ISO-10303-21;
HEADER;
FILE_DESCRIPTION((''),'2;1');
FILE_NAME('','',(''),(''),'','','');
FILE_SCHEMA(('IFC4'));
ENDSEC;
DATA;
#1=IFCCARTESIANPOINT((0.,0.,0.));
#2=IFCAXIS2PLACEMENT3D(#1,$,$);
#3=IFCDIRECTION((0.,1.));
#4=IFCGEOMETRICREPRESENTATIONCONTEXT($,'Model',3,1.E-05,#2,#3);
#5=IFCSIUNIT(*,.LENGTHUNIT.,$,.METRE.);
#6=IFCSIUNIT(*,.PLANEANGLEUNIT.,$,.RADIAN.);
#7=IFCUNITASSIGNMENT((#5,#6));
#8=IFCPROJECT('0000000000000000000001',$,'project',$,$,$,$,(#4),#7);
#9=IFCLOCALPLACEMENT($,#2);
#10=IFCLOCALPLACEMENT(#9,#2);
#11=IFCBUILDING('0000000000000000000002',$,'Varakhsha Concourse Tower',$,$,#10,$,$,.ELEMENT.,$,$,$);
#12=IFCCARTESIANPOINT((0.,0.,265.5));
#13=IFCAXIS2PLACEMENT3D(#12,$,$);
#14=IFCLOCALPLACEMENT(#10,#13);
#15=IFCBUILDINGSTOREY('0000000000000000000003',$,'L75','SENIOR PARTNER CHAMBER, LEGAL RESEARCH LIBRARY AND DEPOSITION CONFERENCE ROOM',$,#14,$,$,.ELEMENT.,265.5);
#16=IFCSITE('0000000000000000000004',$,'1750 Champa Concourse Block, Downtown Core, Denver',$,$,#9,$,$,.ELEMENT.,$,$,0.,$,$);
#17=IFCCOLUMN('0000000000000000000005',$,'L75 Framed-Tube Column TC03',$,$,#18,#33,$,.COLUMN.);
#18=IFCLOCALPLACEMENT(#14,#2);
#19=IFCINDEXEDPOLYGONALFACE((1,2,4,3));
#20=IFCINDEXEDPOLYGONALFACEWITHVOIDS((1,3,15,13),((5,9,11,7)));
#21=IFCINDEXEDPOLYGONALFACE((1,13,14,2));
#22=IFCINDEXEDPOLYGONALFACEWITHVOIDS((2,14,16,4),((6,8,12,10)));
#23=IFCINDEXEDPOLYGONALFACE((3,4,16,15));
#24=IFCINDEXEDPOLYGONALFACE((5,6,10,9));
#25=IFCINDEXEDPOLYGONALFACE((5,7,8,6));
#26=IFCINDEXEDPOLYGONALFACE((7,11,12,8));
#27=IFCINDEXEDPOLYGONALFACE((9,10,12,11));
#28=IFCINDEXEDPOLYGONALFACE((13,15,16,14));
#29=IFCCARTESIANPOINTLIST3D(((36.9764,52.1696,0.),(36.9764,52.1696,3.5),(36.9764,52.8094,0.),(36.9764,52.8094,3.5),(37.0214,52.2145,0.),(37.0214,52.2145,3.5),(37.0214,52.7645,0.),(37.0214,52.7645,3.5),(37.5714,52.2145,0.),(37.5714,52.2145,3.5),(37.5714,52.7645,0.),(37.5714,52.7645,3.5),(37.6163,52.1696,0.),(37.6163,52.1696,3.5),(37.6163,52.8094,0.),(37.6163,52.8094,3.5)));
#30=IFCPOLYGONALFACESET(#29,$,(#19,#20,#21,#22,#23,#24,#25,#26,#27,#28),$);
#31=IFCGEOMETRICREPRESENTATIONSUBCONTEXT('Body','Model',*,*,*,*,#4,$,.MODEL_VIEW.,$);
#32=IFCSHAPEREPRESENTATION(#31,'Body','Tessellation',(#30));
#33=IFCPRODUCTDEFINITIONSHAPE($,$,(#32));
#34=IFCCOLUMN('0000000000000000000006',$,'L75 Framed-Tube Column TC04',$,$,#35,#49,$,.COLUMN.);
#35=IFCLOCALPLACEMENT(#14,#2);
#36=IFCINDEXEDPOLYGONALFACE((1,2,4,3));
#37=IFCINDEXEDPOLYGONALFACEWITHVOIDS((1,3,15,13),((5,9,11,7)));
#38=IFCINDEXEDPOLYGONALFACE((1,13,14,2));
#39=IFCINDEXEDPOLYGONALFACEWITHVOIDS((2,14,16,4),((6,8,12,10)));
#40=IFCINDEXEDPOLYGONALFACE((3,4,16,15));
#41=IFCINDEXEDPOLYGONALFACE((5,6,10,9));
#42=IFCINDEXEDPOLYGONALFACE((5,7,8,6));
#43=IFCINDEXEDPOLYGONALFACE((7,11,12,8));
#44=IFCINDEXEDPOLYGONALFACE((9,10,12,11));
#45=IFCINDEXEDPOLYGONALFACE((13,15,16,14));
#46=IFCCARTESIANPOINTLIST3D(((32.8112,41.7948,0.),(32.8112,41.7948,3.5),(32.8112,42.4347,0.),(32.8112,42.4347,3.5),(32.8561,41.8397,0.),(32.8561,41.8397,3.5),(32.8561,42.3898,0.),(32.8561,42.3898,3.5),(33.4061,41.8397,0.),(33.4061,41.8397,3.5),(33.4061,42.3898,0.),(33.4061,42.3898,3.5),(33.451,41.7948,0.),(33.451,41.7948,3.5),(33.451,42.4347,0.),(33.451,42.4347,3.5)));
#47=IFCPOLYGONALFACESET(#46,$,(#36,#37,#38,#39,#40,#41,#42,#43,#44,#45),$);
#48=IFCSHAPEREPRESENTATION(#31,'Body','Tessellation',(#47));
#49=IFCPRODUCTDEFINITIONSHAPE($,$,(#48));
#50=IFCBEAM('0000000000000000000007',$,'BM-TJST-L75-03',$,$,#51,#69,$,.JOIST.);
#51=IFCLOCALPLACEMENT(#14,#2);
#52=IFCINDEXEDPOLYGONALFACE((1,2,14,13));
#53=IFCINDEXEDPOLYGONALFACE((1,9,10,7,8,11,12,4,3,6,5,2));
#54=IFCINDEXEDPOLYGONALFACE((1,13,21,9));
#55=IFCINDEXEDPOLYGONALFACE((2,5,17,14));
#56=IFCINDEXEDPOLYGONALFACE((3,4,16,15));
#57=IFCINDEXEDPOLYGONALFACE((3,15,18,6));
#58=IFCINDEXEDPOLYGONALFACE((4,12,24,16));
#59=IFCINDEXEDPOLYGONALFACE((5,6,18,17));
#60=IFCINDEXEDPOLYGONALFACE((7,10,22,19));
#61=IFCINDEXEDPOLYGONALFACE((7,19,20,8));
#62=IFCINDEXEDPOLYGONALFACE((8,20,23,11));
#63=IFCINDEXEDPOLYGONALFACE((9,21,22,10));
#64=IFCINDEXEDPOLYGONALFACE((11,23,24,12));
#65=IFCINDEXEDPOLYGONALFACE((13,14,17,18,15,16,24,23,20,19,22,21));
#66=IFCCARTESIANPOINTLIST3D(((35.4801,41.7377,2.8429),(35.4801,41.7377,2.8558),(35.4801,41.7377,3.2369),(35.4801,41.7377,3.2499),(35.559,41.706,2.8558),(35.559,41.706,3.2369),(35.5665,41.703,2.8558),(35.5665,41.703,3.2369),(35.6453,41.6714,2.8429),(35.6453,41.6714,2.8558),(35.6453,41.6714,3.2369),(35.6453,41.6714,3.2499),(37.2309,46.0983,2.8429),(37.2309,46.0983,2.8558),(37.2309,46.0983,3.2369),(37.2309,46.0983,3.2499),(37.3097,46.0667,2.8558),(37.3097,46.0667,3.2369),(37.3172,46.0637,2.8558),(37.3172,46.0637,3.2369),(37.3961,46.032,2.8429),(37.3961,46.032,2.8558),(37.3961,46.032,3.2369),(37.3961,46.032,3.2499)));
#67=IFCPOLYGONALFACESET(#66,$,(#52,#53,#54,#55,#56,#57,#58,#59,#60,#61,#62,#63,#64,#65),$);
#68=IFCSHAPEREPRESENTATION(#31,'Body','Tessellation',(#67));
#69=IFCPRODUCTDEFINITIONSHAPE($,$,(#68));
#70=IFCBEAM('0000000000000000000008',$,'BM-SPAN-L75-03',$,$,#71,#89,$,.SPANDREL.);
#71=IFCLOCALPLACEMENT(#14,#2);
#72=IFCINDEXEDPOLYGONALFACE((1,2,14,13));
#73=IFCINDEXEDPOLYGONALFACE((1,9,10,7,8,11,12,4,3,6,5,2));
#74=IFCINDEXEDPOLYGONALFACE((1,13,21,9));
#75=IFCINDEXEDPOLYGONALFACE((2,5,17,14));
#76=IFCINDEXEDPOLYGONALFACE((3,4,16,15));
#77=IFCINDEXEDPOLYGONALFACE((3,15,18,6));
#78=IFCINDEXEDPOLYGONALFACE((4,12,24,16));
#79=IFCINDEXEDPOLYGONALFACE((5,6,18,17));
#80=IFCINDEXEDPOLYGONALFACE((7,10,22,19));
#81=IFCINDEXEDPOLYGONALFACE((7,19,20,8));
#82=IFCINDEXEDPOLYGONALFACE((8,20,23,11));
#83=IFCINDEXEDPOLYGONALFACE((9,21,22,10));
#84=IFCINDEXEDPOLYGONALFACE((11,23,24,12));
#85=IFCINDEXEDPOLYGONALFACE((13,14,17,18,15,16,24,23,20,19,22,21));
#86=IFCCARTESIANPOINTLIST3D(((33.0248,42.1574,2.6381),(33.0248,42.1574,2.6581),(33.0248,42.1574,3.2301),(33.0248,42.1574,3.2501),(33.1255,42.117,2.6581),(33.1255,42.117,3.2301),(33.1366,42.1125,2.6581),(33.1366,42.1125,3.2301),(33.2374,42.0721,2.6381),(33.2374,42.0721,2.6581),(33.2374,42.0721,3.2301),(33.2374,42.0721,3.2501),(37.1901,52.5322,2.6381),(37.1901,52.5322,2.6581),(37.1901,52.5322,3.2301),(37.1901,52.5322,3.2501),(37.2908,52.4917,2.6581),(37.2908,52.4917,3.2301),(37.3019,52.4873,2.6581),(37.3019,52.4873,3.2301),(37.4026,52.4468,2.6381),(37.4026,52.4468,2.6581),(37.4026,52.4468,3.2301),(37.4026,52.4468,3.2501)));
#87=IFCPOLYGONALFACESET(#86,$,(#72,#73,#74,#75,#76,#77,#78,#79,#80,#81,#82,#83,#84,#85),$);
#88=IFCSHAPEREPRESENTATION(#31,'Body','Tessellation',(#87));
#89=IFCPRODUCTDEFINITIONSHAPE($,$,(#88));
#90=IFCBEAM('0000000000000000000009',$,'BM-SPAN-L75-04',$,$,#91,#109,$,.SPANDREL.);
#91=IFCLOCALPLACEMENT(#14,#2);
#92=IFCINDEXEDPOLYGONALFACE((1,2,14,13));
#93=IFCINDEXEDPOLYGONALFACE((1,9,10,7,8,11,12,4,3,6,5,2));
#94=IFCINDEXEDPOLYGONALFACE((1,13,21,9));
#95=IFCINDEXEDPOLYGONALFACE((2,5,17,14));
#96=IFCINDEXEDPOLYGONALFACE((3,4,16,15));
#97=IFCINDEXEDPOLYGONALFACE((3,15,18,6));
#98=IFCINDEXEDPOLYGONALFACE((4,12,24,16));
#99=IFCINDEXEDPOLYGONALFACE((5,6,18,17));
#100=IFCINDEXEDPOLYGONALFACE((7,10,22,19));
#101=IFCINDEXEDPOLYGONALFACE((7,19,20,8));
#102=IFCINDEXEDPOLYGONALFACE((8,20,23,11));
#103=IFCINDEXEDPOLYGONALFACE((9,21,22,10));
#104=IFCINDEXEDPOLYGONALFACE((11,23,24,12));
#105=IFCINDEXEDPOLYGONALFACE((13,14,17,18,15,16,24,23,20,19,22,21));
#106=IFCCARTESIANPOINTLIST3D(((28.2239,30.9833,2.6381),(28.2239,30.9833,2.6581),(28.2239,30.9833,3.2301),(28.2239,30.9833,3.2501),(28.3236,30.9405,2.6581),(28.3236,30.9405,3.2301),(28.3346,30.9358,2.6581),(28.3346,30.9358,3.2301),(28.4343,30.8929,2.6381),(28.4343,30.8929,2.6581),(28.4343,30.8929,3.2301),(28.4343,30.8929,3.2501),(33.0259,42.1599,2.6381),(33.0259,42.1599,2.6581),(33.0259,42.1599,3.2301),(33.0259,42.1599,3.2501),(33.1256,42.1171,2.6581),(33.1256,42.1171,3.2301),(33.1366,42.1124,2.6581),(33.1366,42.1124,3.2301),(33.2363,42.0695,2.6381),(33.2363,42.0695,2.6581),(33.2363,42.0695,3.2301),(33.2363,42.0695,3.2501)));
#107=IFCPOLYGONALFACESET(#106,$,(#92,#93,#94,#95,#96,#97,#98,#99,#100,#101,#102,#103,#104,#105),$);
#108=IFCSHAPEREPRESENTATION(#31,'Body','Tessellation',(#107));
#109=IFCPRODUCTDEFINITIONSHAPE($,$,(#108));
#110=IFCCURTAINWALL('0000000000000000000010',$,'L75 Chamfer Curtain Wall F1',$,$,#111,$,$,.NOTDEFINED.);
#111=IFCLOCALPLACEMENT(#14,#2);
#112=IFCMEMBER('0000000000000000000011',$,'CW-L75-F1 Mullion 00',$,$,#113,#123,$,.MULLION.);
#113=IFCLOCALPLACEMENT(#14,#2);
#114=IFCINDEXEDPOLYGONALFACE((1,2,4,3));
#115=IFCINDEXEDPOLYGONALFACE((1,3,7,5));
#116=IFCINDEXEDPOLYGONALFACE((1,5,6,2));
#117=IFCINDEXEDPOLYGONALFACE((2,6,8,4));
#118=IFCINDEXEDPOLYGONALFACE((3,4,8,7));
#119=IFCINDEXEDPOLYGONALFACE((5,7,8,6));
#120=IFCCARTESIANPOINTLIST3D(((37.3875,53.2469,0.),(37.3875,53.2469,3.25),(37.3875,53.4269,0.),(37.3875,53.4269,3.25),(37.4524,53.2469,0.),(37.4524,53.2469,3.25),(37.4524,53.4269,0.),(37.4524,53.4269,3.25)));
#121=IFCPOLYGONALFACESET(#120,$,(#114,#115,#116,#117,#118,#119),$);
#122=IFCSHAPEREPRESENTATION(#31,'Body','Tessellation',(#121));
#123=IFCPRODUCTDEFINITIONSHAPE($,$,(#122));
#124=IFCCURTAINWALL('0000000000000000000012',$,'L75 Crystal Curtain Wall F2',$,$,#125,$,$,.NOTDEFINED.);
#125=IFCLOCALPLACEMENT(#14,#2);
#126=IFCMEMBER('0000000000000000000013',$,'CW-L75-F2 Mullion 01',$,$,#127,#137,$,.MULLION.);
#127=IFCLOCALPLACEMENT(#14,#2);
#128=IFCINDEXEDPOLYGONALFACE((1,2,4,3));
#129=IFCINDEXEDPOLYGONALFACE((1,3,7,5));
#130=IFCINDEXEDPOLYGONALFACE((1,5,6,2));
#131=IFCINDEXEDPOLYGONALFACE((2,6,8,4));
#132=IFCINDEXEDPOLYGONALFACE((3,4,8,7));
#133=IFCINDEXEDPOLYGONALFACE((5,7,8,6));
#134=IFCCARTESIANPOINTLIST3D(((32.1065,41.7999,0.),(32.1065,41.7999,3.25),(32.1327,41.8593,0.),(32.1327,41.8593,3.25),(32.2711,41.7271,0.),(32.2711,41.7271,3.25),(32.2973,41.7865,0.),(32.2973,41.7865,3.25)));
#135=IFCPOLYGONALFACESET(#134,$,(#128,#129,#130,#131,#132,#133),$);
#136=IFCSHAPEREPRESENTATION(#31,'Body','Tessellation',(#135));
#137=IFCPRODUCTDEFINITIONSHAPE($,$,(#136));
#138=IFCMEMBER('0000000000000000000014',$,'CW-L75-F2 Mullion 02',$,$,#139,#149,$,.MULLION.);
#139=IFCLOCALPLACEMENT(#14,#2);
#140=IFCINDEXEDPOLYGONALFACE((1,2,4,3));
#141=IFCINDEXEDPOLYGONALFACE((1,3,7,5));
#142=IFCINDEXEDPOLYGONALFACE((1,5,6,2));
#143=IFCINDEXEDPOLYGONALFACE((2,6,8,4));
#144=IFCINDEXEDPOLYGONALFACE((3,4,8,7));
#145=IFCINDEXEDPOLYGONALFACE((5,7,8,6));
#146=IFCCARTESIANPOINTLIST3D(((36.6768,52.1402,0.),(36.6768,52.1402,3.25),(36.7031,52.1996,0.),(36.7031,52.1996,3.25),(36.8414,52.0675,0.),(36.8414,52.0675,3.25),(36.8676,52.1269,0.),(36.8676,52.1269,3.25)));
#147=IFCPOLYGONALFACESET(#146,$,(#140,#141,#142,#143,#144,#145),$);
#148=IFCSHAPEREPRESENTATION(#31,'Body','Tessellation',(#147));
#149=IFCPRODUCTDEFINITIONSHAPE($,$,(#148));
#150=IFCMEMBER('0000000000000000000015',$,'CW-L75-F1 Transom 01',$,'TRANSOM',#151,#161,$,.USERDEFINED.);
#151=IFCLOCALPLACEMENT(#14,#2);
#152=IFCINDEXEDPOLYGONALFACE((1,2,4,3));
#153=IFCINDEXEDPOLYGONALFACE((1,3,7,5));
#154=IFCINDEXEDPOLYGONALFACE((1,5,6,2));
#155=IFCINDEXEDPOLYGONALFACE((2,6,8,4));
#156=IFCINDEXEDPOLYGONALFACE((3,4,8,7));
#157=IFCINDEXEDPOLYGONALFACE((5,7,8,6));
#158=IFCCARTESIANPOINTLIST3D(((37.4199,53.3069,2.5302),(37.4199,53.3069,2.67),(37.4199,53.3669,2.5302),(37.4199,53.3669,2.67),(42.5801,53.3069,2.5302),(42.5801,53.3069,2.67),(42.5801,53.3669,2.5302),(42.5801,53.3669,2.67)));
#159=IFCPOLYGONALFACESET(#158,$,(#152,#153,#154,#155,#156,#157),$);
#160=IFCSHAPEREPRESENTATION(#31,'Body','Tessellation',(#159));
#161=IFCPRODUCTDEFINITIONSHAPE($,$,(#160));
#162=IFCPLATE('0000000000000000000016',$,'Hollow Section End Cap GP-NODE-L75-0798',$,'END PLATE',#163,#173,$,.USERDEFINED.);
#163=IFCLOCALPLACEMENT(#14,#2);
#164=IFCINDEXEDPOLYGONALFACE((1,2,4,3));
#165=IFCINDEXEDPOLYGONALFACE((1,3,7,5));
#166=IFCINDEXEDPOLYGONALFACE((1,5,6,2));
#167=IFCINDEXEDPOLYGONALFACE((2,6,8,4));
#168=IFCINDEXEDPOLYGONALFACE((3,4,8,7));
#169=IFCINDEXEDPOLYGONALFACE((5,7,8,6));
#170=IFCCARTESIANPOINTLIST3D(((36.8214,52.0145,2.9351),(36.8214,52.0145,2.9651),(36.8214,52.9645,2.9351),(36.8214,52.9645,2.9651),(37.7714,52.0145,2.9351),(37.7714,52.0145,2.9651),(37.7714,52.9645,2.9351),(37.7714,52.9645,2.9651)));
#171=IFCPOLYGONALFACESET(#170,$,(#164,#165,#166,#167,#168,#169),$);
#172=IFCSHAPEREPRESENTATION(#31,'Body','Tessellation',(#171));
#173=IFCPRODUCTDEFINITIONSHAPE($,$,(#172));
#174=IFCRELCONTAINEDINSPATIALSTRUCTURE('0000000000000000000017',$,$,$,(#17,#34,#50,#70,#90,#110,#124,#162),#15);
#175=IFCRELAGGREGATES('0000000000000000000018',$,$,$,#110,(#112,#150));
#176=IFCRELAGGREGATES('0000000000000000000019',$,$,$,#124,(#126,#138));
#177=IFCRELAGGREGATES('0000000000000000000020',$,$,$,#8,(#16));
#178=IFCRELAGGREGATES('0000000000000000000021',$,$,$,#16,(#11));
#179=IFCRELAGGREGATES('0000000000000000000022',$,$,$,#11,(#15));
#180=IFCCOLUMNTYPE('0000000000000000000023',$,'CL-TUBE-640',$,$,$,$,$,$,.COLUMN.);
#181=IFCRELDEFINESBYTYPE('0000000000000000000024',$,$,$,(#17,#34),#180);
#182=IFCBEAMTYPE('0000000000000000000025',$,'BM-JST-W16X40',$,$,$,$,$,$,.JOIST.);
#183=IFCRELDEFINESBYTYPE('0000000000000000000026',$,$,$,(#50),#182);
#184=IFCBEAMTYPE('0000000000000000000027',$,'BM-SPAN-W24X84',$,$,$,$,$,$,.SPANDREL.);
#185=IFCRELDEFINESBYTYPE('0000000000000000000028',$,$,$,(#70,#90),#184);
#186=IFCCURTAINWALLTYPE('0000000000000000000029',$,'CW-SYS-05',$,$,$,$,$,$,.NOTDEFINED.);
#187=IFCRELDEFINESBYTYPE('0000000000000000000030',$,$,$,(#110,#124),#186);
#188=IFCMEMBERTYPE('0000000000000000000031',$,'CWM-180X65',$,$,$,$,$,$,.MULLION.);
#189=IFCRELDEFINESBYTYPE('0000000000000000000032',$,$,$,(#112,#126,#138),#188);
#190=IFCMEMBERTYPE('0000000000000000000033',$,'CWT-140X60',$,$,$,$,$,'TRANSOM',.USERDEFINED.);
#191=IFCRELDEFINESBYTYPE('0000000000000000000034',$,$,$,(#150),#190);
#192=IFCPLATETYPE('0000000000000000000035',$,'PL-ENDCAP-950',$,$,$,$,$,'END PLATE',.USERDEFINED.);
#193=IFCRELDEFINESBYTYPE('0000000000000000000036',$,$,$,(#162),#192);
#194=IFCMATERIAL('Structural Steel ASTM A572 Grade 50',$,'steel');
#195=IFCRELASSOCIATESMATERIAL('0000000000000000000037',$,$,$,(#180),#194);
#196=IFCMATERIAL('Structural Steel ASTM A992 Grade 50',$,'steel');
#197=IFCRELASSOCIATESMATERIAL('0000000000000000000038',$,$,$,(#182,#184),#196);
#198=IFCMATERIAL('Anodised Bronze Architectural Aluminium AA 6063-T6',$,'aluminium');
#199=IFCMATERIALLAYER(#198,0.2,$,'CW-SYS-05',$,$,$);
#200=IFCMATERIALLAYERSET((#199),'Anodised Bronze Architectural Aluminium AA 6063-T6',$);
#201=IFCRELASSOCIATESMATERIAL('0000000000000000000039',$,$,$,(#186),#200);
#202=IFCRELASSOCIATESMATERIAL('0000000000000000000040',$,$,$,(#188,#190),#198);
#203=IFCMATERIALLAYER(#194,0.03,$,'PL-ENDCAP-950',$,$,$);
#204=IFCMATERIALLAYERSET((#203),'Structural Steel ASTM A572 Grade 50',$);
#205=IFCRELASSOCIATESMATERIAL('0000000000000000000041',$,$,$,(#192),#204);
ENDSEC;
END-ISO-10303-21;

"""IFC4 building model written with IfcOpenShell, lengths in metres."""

from ifc_helpers import new_model, si_unit, direction, frame, origin, origin_2d, place, context, subcontext, project, spatial, rectangle, hollow_rectangle, i_section, extrude, source, transform, mapped, material, layer, layer_set, material_profile, profile_set, type_object, type_shapes, element, aggregate, save


model = new_model("IFC4")

# Units and contexts
model_context = context("Model", 3, precision=1e-05, world=origin(), true_north=direction((0.0, 1.0)))
body_context = subcontext(model_context, "Body", "Model", "MODEL_VIEW")
ifc_project = project(units=[si_unit("LENGTHUNIT", "METRE"), si_unit("PLANEANGLEUNIT", "RADIAN")], contexts=[model_context])

# Site, building, storey
site_placement = place(None, origin())
site = spatial("IfcSite", under=ifc_project, at=site_placement, Name="1750 Champa Concourse Block, Downtown Core, Denver", CompositionType="ELEMENT", RefElevation=0.0)
building_placement = place(site_placement, origin())
building = spatial("IfcBuilding", under=site, at=building_placement, Name="Varakhsha Concourse Tower", CompositionType="ELEMENT")
storey_placement = place(building_placement, frame((0.0, 0.0, 265.5)))
storey = spatial("IfcBuildingStorey", under=building, at=storey_placement, Name="L75", Description="SENIOR PARTNER CHAMBER, LEGAL RESEARCH LIBRARY AND DEPOSITION CONFERENCE ROOM", CompositionType="ELEMENT", Elevation=265.5)

# Columns
ifc_material_1 = material(Name="Structural Steel ASTM A572 Grade 50", Category="steel")
ifc_material_profile_1 = material_profile(ifc_material_1, hollow_rectangle(XDim=0.6399, YDim=0.6399, WallThickness=0.0449, at=origin_2d()), Name="BOX 640x640x45")
ifc_profile_set_1 = profile_set([ifc_material_profile_1], Name="Structural Steel ASTM A572 Grade 50")
column_type = type_object("IfcColumnType", Name="CL-TUBE-640", PredefinedType="COLUMN", material=ifc_profile_set_1)
for number, where, z_axis, x_axis, name in (
    (1, (37.2964, 52.4895, 0.0), (0.0, 0.0, 1.0), (1.0, 0.0, 0.0), "L75 Framed-Tube Column TC03"),
    (2, (33.1311, 42.1147, 0.0), (0.0, 0.0, 1.0), (1.0, 0.0, 0.0), "L75 Framed-Tube Column TC04"),
):
    element("IfcColumn", number, at=place(storey_placement, frame(where, z_axis=z_axis, x_axis=x_axis)), inside=storey, type_object=column_type, Name=name, PredefinedType="COLUMN", context=body_context, shape_type="SweptSolid", body=[
        extrude(hollow_rectangle(XDim=0.6399, YDim=0.6399, WallThickness=0.0449, at=origin_2d()), origin(), (0.0, 0.0, 1.0), 3.5),
    ])

# Beams
ifc_material_2 = material(Name="Structural Steel ASTM A992 Grade 50", Category="steel")
ifc_material_profile_2 = material_profile(ifc_material_2, i_section(OverallWidth=0.178, OverallDepth=0.407, WebThickness=0.0081, FlangeThickness=0.0129, at=origin_2d()), Name="W16X40")
ifc_profile_set_2 = profile_set([ifc_material_profile_2], Name="Structural Steel ASTM A992 Grade 50")
beam_type_1 = type_object("IfcBeamType", Name="BM-JST-W16X40", PredefinedType="JOIST", material=ifc_profile_set_2)
beam_1_placement = place(storey_placement, frame((37.3135, 46.0652, 3.0464), z_axis=(-0.372582, -0.927999, 0.0), x_axis=(0.927999, -0.372582, 0.0)))
element("IfcBeam", 3, at=beam_1_placement, inside=storey, type_object=beam_type_1, Name="BM-TJST-L75-03", PredefinedType="JOIST", context=body_context, shape_type="SweptSolid", body=[
    extrude(i_section(OverallWidth=0.178, OverallDepth=0.407, WebThickness=0.0081, FlangeThickness=0.0129, at=origin_2d()), origin(), (0.0, 0.0, 1.0), 4.699),
])
ifc_material_profile_3 = material_profile(ifc_material_2, i_section(OverallWidth=0.229, OverallDepth=0.6121, WebThickness=0.012, FlangeThickness=0.02, at=origin_2d()), Name="W24X84")
ifc_profile_set_3 = profile_set([ifc_material_profile_3], Name="Structural Steel ASTM A992 Grade 50")
beam_type_2 = type_object("IfcBeamType", Name="BM-SPAN-W24X84", PredefinedType="SPANDREL", material=ifc_profile_set_3)
beam_2_placement = place(storey_placement, frame((37.2964, 52.4895, 2.9441), z_axis=(-0.372576, -0.928002, 0.0), x_axis=(0.928002, -0.372576, 0.0)))
element("IfcBeam", 4, at=beam_2_placement, inside=storey, type_object=beam_type_2, Name="BM-SPAN-L75-03", PredefinedType="SPANDREL", context=body_context, shape_type="SweptSolid", body=[
    extrude(i_section(OverallWidth=0.229, OverallDepth=0.6121, WebThickness=0.012, FlangeThickness=0.02, at=origin_2d()), origin(), (0.0, 0.0, 1.0), 11.1797),
])
beam_3_placement = place(storey_placement, frame((33.1311, 42.1147, 2.9441), z_axis=(-0.394757, -0.918785, 0.0), x_axis=(0.918785, -0.394757, 0.0)))
element("IfcBeam", 5, at=beam_3_placement, inside=storey, type_object=beam_type_2, Name="BM-SPAN-L75-04", PredefinedType="SPANDREL", context=body_context, shape_type="SweptSolid", body=[
    extrude(i_section(OverallWidth=0.229, OverallDepth=0.6121, WebThickness=0.012, FlangeThickness=0.02, at=origin_2d()), origin(), (0.0, 0.0, 1.0), 12.1646),
])

# Curtain wall, member
ifc_material_3 = material(Name="Anodised Bronze Architectural Aluminium AA 6063-T6", Category="aluminium")
ifc_layer_1 = layer(ifc_material_3, 0.2, Name="CW-SYS-05")
ifc_layer_set_1 = layer_set([ifc_layer_1], Name="Anodised Bronze Architectural Aluminium AA 6063-T6")
curtain_wall_type = type_object("IfcCurtainWallType", Name="CW-SYS-05", PredefinedType="NOTDEFINED", material=ifc_layer_set_1)
curtain_wall_1_placement = place(storey_placement, origin())
curtain_wall_1 = element("IfcCurtainWall", 6, at=curtain_wall_1_placement, inside=storey, type_object=curtain_wall_type, Name="L75 Chamfer Curtain Wall F1", PredefinedType="NOTDEFINED")
ifc_material_profile_4 = material_profile(ifc_material_3, rectangle(XDim=0.0649, YDim=0.1799, at=origin_2d()), Name="CWM-180X65")
ifc_profile_set_4 = profile_set([ifc_material_profile_4], Name="Anodised Bronze Architectural Aluminium AA 6063-T6")
member_type_1 = type_object("IfcMemberType", Name="CWM-180X65", PredefinedType="MULLION", material=ifc_profile_set_4)
shared_shape_1 = source(origin(), body_context, "Body", "SweptSolid", [
    extrude(rectangle(XDim=0.0649, YDim=0.1799, at=origin_2d()), origin(), (0.0, 0.0, 1.0), 3.25),
])
type_shapes(member_type_1, [shared_shape_1])
member_1_placement = place(storey_placement, frame((37.4199, 53.3369, 0.0), z_axis=(0.0, 0.0, 1.0), x_axis=(1.0, 0.0, 0.0)))
member_1 = element("IfcMember", 7, at=member_1_placement, type_object=member_type_1, Name="CW-L75-F1 Mullion 00", PredefinedType="MULLION", context=body_context, shape_type="MappedRepresentation", body=[
    mapped(shared_shape_1, transform((0.0, 0.0, 0.0), scale=1.0)),
])

# Curtain wall, members
curtain_wall_2_placement = place(storey_placement, origin())
curtain_wall_2 = element("IfcCurtainWall", 8, at=curtain_wall_2_placement, inside=storey, type_object=curtain_wall_type, Name="L75 Crystal Curtain Wall F2", PredefinedType="NOTDEFINED")
member_2_placement = place(storey_placement, frame((32.2019, 41.7932, 0.0), z_axis=(0.0, 0.0, 1.0), x_axis=(0.404273, 0.914638, 0.0)))
member_2 = element("IfcMember", 9, at=member_2_placement, type_object=member_type_1, Name="CW-L75-F2 Mullion 01", PredefinedType="MULLION", context=body_context, shape_type="MappedRepresentation", body=[
    mapped(shared_shape_1, transform((0.0, 0.0, 0.0), scale=1.0)),
])
member_3_placement = place(storey_placement, frame((36.7722, 52.1335, 0.0), z_axis=(0.0, 0.0, 1.0), x_axis=(0.404273, 0.914638, 0.0)))
member_3 = element("IfcMember", 10, at=member_3_placement, type_object=member_type_1, Name="CW-L75-F2 Mullion 02", PredefinedType="MULLION", context=body_context, shape_type="MappedRepresentation", body=[
    mapped(shared_shape_1, transform((0.0, 0.0, 0.0), scale=1.0)),
])

# Member
ifc_material_profile_5 = material_profile(ifc_material_3, rectangle(XDim=0.0601, YDim=0.1399, at=origin_2d()), Name="CWT-140X60")
ifc_profile_set_5 = profile_set([ifc_material_profile_5], Name="Anodised Bronze Architectural Aluminium AA 6063-T6")
member_type_2 = type_object("IfcMemberType", Name="CWT-140X60", ElementType="TRANSOM", PredefinedType="USERDEFINED", material=ifc_profile_set_5)
shared_shape_2 = source(origin(), body_context, "Body", "SweptSolid", [
    extrude(rectangle(XDim=0.0601, YDim=0.1399, at=origin_2d()), origin(), (0.0, 0.0, 1.0), 5.1602),
])
type_shapes(member_type_2, [shared_shape_2])
member_4_placement = place(storey_placement, frame((37.4199, 53.3369, 2.6001), z_axis=(1.0, 0.0, 0.0), x_axis=(0.0, 1.0, 0.0)))
member_4 = element("IfcMember", 11, at=member_4_placement, type_object=member_type_2, Name="CW-L75-F1 Transom 01", ObjectType="TRANSOM", PredefinedType="USERDEFINED", context=body_context, shape_type="MappedRepresentation", body=[
    mapped(shared_shape_2, transform((0.0, 0.0, 0.0), scale=1.0)),
])
aggregate(curtain_wall_1, [member_1, member_4])

# Plate
ifc_layer_2 = layer(ifc_material_1, 0.03, Name="PL-ENDCAP-950")
ifc_layer_set_2 = layer_set([ifc_layer_2], Name="Structural Steel ASTM A572 Grade 50")
plate_type_1 = type_object("IfcPlateType", Name="PL-ENDCAP-950", ElementType="END PLATE", PredefinedType="USERDEFINED", material=ifc_layer_set_2)
shared_shape_3 = source(origin(), body_context, "Body", "SweptSolid", [
    extrude(rectangle(XDim=0.95, YDim=0.95, at=origin_2d()), origin(), (0.0, 0.0, 1.0), 0.03),
])
type_shapes(plate_type_1, [shared_shape_3])
plate_1_placement = place(storey_placement, frame((37.2964, 52.4895, 2.9351), z_axis=(0.0, 0.0, 1.0), x_axis=(1.0, 0.0, 0.0)))
element("IfcPlate", 12, at=plate_1_placement, inside=storey, type_object=plate_type_1, Name="Hollow Section End Cap GP-NODE-L75-0798", ObjectType="END PLATE", PredefinedType="USERDEFINED", context=body_context, shape_type="MappedRepresentation", body=[
    mapped(shared_shape_3, transform((0.0, 0.0, 0.0), scale=1.0)),
])
aggregate(curtain_wall_2, [member_2, member_3])

save(model, "model.ifc")
